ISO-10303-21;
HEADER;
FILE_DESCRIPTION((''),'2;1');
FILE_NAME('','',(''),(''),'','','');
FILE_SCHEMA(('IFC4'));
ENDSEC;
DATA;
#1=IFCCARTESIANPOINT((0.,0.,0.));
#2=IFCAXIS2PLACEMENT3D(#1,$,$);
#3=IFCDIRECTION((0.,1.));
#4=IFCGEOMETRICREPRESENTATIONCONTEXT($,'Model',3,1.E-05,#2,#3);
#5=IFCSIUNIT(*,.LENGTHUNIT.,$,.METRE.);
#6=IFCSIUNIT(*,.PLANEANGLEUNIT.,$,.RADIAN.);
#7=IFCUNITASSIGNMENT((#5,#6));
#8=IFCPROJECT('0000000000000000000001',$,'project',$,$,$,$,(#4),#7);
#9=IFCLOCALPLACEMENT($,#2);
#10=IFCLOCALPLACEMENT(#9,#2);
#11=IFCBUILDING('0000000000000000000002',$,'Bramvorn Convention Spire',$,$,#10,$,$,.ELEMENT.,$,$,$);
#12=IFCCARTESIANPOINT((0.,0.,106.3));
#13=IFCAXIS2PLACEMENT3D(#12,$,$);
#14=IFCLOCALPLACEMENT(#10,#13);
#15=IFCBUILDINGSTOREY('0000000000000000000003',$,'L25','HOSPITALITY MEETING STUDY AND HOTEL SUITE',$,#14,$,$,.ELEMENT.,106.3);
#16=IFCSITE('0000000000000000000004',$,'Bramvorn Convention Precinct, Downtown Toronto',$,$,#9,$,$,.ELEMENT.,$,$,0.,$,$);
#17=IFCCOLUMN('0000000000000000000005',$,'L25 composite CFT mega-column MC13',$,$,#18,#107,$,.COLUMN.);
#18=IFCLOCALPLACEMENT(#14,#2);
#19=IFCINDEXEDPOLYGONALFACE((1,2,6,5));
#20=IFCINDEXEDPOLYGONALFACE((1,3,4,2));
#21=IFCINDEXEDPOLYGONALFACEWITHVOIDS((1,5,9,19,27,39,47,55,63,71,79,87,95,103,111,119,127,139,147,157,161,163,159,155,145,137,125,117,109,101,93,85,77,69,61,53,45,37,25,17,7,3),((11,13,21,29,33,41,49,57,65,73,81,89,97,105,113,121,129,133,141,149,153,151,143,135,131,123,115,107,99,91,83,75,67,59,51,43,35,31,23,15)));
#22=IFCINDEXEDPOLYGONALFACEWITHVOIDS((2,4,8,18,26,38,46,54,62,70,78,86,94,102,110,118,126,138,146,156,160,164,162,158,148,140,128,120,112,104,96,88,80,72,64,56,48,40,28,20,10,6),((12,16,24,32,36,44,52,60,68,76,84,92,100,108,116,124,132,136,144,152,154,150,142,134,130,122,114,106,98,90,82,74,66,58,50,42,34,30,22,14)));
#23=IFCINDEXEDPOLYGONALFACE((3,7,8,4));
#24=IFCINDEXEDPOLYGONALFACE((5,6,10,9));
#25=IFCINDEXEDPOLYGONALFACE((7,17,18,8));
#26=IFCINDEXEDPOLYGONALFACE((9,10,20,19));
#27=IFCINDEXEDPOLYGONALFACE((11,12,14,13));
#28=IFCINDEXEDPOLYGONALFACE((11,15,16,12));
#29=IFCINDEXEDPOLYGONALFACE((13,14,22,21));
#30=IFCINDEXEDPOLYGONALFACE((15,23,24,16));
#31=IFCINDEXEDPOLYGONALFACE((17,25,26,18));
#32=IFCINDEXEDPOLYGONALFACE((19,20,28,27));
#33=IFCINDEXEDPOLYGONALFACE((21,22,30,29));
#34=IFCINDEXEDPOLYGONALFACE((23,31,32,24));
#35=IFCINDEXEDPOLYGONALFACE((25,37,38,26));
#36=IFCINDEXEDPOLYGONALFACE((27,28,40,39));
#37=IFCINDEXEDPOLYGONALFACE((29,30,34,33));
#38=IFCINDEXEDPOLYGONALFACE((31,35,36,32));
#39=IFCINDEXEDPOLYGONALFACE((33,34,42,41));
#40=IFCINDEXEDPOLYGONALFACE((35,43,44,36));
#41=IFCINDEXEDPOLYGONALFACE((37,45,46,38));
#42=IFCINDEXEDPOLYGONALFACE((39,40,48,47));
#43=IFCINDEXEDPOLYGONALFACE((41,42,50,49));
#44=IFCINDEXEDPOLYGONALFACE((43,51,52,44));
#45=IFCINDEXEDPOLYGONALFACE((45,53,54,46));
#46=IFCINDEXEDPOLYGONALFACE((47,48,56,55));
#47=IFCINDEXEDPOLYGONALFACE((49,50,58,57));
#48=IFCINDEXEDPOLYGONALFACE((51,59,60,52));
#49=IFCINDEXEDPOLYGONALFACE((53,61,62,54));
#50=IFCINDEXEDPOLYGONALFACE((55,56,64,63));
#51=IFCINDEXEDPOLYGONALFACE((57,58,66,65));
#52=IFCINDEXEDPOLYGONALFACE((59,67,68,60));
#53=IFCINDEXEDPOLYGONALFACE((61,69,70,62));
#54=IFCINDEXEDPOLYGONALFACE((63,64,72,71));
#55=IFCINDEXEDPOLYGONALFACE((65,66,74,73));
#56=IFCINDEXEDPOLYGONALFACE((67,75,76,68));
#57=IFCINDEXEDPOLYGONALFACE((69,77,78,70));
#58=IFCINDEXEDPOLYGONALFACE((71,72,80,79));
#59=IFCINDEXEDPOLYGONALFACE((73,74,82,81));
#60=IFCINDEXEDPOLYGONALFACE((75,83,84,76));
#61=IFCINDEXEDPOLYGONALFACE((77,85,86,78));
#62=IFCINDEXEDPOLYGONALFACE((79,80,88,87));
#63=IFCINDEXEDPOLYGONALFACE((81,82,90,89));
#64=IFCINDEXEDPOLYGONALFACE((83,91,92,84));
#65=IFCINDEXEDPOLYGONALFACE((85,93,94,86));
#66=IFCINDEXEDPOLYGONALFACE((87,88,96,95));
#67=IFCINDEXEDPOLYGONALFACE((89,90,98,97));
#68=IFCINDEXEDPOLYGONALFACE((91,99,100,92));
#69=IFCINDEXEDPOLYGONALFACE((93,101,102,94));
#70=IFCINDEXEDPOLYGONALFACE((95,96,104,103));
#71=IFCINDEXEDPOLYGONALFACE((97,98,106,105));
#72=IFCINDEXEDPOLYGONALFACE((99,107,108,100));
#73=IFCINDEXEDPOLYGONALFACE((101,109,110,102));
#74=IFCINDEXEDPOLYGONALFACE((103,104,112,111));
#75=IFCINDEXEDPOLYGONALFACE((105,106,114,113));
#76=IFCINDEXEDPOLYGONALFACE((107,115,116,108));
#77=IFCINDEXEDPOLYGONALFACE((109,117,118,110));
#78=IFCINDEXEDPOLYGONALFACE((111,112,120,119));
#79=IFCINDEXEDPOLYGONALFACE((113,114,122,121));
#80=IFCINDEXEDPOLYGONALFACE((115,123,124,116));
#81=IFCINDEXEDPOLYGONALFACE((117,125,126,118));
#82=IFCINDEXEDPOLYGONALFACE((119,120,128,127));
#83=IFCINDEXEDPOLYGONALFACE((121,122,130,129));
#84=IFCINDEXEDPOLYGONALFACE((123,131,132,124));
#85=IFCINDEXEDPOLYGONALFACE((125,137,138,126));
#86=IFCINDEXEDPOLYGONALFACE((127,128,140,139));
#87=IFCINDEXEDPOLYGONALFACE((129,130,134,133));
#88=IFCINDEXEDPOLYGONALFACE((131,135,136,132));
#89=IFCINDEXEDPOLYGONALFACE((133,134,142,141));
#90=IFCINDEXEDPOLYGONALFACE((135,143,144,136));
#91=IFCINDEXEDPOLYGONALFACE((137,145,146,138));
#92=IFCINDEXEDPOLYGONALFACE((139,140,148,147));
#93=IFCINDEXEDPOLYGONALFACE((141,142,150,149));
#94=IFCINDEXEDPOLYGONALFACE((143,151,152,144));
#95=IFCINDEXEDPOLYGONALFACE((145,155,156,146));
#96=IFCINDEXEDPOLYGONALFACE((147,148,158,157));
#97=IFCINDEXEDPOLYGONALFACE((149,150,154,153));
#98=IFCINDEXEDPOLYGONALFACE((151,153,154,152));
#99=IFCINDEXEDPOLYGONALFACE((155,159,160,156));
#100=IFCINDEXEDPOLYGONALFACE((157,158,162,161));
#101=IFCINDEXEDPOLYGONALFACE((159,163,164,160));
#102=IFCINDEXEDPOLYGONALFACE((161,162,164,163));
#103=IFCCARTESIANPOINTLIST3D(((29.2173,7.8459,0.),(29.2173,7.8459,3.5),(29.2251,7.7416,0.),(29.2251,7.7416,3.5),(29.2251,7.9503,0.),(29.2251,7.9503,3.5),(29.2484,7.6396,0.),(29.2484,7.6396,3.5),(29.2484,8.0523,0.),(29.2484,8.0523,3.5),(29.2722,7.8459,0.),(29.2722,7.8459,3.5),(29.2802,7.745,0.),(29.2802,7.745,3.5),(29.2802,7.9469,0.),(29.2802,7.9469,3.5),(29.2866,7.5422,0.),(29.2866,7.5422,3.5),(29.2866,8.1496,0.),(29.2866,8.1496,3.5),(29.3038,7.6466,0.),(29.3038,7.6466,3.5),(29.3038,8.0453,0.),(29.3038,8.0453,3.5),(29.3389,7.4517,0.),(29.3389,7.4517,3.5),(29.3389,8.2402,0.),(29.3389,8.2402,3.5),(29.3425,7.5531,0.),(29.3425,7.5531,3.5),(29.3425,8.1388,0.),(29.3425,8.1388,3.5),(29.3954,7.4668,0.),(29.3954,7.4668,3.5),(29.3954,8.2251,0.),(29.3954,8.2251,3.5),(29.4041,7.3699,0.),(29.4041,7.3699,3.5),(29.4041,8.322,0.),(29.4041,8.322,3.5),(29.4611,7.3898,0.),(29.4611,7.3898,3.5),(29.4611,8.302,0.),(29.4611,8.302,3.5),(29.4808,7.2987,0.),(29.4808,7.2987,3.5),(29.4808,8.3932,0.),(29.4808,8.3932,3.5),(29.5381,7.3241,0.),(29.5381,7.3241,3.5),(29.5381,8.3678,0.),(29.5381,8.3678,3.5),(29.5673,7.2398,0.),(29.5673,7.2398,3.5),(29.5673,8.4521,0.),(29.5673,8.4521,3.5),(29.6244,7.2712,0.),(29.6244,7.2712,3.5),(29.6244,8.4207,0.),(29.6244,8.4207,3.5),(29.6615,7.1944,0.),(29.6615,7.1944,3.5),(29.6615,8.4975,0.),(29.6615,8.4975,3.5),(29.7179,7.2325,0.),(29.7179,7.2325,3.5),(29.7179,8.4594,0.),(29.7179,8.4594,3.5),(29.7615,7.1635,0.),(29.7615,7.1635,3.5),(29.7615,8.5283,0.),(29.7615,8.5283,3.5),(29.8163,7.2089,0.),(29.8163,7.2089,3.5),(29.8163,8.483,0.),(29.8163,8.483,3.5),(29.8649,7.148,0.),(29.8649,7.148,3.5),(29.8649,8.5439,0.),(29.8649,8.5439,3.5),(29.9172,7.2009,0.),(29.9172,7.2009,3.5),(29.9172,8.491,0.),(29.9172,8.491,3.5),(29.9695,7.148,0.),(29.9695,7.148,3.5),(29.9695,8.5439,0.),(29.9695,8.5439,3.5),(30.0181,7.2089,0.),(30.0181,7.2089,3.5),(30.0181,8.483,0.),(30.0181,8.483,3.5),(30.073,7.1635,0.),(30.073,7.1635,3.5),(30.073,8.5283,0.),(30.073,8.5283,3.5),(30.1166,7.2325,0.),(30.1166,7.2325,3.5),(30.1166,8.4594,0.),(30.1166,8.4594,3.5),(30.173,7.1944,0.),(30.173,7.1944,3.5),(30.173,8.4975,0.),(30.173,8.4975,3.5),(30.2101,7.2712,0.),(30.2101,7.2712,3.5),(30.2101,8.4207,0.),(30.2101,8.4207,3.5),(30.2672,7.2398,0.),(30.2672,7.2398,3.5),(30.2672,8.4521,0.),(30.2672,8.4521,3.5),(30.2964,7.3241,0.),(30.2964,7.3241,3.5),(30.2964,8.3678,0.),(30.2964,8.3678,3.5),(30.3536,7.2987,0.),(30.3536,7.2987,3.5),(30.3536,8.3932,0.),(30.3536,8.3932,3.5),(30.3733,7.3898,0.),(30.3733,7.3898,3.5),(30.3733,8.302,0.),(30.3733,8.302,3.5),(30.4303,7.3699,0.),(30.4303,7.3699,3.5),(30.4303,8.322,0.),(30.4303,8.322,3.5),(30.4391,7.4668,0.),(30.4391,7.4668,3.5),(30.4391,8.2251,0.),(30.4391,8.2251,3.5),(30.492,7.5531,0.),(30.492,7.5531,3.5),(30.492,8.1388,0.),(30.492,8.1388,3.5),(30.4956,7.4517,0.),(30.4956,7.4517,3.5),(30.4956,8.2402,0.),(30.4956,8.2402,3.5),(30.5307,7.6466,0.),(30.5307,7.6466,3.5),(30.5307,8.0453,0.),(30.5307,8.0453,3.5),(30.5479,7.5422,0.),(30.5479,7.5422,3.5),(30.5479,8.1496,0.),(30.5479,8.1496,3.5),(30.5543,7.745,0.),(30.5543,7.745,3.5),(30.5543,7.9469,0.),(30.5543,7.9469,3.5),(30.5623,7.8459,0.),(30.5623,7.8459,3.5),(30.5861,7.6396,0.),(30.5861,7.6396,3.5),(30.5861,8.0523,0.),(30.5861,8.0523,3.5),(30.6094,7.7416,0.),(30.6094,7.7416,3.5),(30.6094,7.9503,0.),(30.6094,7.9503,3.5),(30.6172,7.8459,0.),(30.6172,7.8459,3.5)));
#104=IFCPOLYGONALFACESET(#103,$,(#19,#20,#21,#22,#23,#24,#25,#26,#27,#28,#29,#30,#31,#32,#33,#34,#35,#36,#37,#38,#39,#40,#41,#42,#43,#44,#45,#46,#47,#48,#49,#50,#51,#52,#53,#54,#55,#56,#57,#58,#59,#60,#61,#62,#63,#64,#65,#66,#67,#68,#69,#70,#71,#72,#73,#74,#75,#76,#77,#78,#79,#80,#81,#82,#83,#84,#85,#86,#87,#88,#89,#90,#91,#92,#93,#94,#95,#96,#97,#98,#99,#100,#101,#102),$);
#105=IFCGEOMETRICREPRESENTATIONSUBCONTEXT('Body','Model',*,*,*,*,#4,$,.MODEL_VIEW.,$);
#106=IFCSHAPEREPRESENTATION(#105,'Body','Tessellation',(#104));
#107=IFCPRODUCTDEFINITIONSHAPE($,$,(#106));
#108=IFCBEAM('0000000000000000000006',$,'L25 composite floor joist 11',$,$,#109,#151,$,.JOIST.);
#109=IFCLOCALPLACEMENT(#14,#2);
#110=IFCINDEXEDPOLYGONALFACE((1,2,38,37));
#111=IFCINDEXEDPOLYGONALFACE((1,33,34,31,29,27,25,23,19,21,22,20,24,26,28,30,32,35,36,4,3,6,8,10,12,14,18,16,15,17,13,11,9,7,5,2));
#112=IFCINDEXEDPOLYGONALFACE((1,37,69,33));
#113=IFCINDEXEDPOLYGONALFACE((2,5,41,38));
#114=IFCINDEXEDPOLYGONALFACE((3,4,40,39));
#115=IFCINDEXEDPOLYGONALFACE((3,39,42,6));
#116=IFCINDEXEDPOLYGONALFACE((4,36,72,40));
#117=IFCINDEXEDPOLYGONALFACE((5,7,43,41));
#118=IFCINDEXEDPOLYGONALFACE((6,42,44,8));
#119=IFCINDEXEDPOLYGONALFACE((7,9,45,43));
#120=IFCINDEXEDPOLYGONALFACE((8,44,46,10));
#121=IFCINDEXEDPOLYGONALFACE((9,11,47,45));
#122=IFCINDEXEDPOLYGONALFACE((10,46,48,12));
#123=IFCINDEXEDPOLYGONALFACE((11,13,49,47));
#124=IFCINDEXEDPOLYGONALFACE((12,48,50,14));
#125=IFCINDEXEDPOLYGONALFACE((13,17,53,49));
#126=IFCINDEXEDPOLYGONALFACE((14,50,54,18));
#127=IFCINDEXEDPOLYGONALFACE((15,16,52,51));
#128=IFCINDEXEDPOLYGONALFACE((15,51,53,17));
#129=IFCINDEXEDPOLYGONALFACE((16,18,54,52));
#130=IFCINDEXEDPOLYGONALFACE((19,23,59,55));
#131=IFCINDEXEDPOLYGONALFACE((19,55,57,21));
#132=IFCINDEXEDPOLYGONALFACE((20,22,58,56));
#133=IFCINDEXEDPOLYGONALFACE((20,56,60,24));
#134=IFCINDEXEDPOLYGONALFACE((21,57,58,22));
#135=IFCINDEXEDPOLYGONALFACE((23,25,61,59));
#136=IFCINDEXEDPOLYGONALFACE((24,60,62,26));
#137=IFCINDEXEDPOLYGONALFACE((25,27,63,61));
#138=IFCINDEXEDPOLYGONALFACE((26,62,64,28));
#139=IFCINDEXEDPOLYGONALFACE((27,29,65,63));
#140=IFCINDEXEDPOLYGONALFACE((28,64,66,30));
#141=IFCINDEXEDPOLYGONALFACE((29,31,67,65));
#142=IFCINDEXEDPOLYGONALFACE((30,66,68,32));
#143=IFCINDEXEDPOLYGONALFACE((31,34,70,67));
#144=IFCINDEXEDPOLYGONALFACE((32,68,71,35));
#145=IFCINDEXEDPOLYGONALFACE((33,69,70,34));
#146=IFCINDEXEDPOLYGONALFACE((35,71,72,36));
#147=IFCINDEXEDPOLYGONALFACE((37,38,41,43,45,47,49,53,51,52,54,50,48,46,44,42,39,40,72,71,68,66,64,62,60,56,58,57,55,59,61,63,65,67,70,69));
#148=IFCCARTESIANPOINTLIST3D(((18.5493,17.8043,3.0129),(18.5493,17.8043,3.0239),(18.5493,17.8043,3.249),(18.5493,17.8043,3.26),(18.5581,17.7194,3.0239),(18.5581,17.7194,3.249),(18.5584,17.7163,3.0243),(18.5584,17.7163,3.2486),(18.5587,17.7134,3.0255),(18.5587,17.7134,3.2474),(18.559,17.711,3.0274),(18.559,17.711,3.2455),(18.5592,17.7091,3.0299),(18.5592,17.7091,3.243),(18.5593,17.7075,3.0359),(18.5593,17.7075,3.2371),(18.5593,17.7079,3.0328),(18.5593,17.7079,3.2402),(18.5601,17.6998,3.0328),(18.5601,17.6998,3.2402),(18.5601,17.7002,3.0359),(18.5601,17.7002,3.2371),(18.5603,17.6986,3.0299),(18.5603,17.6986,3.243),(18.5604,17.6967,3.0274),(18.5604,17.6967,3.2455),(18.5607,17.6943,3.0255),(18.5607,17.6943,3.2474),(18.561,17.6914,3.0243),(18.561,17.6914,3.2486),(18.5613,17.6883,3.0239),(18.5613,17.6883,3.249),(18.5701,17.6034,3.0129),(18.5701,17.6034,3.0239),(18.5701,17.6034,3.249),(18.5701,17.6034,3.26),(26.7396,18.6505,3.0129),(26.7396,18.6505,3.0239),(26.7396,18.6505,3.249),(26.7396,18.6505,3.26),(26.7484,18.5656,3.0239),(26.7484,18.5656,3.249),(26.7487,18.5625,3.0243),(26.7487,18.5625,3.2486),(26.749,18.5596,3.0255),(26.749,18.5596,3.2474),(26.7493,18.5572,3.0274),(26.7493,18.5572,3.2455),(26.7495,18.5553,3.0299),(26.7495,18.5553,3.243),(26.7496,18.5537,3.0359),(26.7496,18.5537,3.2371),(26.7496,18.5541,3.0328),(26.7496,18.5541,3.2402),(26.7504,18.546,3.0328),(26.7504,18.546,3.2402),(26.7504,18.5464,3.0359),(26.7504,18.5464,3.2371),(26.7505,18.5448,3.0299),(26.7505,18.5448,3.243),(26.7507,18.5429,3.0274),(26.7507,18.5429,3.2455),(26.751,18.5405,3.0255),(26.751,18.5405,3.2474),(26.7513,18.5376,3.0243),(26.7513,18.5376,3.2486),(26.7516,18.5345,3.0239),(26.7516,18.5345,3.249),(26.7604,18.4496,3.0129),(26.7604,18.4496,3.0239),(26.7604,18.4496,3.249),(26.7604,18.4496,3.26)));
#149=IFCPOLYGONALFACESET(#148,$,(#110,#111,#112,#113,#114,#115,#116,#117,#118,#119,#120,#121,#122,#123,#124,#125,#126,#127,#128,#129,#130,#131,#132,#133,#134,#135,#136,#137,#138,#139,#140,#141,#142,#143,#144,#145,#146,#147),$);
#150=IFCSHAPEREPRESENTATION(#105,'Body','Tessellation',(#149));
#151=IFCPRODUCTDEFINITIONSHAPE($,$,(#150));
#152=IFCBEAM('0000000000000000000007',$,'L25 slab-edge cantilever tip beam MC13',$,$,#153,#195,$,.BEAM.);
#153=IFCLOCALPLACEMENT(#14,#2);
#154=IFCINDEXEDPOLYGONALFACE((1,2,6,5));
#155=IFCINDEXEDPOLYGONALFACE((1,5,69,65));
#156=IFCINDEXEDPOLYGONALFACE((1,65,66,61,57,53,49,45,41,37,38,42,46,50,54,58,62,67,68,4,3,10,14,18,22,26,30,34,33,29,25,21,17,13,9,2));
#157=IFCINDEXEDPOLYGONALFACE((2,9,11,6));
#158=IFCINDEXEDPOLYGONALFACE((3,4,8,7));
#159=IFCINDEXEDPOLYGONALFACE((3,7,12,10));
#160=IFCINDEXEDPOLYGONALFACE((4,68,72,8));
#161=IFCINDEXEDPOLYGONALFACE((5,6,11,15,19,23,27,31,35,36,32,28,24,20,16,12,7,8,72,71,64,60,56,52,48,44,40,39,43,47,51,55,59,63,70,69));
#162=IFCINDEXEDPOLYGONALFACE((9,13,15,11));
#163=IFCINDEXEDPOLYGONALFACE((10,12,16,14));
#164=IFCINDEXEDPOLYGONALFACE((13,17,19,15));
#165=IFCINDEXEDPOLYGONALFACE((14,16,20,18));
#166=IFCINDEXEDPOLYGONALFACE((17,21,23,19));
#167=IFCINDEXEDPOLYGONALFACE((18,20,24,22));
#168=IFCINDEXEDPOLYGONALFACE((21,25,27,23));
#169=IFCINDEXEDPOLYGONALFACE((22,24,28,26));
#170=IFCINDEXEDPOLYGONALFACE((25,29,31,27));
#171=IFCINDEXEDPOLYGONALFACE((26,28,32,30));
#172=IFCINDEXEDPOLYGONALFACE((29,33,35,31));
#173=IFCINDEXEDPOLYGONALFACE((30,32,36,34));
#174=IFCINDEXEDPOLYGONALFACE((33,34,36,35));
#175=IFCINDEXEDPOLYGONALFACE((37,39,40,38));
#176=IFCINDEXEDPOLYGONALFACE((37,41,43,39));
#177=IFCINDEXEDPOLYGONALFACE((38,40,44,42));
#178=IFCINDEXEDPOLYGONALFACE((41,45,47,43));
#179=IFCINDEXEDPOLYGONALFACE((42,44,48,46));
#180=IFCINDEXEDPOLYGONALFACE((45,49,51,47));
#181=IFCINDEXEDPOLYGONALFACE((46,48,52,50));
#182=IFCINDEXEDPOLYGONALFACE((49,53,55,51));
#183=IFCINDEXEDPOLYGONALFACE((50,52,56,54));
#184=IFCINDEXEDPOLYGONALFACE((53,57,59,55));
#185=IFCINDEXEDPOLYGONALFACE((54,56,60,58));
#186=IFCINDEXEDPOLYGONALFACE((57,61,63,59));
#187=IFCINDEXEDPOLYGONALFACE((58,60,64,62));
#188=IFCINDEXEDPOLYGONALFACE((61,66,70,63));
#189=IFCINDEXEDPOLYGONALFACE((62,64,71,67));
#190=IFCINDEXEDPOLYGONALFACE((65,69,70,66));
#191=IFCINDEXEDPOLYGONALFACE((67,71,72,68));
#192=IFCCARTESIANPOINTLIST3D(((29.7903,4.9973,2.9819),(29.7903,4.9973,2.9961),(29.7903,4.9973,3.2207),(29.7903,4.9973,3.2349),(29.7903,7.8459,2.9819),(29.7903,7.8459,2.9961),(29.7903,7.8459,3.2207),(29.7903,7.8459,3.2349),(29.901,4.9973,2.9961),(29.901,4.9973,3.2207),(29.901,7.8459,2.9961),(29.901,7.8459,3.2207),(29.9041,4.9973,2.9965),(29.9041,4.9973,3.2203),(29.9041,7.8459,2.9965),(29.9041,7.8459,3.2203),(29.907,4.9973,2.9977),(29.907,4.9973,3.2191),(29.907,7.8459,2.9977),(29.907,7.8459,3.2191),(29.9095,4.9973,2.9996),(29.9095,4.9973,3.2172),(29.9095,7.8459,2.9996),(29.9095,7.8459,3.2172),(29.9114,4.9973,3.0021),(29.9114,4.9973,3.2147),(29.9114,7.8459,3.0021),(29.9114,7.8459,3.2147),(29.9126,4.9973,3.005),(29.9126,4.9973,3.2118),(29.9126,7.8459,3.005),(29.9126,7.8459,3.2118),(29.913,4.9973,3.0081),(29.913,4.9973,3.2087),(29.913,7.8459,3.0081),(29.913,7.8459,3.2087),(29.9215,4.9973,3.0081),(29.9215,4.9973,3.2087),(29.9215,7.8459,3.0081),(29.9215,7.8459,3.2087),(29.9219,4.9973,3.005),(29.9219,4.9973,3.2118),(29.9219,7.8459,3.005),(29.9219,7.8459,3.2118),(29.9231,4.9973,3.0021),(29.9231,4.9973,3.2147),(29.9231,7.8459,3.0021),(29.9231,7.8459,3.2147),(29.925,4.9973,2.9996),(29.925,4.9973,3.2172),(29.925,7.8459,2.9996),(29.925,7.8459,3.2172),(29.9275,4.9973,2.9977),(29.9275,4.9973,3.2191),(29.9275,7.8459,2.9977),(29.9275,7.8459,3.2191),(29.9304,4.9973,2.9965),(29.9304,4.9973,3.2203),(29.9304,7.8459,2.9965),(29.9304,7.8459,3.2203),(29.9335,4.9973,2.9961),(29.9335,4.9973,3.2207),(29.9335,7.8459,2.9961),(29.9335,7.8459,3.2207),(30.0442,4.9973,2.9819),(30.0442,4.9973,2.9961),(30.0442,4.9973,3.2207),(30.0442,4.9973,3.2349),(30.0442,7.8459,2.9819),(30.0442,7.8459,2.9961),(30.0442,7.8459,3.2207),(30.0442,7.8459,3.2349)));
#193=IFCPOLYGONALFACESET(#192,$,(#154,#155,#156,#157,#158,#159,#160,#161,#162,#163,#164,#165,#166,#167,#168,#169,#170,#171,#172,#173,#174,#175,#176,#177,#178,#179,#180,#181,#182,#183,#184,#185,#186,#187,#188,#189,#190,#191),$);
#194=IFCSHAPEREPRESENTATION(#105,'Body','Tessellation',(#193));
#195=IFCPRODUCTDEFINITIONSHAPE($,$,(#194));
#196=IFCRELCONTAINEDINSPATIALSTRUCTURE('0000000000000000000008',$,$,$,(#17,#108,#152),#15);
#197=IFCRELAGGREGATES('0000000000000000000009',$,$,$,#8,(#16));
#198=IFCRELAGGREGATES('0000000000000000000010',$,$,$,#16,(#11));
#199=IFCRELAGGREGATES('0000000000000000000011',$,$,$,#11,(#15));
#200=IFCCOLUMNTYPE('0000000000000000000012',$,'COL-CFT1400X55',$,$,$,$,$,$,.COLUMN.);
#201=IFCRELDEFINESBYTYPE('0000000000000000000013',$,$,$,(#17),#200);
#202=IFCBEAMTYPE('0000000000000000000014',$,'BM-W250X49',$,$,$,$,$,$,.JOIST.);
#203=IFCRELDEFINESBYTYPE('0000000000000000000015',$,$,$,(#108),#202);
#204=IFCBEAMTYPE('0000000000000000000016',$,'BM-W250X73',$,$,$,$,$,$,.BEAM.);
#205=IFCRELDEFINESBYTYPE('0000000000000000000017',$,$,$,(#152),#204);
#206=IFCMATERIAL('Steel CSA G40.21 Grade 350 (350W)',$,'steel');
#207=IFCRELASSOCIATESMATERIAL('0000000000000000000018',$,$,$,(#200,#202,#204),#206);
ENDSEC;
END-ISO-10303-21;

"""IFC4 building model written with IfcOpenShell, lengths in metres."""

from ifc_helpers import new_model, si_unit, direction, frame, origin, origin_2d, place, context, subcontext, project, spatial, hollow_circle, i_section, extrude, material, material_profile, profile_set, type_object, element, save


model = new_model("IFC4")

# Units and contexts
model_context = context("Model", 3, precision=1e-05, world=origin(), true_north=direction((0.0, 1.0)))
body_context = subcontext(model_context, "Body", "Model", "MODEL_VIEW")
ifc_project = project(units=[si_unit("LENGTHUNIT", "METRE"), si_unit("PLANEANGLEUNIT", "RADIAN")], contexts=[model_context])

# Site, building, storey
site_placement = place(None, origin())
site = spatial("IfcSite", under=ifc_project, at=site_placement, Name="Bramvorn Convention Precinct, Downtown Toronto", CompositionType="ELEMENT", RefElevation=0.0)
building_placement = place(site_placement, origin())
building = spatial("IfcBuilding", under=site, at=building_placement, Name="Bramvorn Convention Spire", CompositionType="ELEMENT")
storey_placement = place(building_placement, frame((0.0, 0.0, 106.3)))
storey = spatial("IfcBuildingStorey", under=building, at=storey_placement, Name="L25", Description="HOSPITALITY MEETING STUDY AND HOTEL SUITE", CompositionType="ELEMENT", Elevation=106.3)

# Column
ifc_material_1 = material(Name="Steel CSA G40.21 Grade 350 (350W)", Category="steel")
ifc_material_profile_1 = material_profile(ifc_material_1, hollow_circle(Radius=0.7, WallThickness=0.0549, at=origin_2d()))
ifc_profile_set_1 = profile_set([ifc_material_profile_1], Name="Steel CSA G40.21 Grade 350 (350W) - CFT1400X55")
column_type = type_object("IfcColumnType", Name="COL-CFT1400X55", PredefinedType="COLUMN", material=ifc_profile_set_1)
column_placement = place(storey_placement, frame((29.9172, 7.8459, 0.0), z_axis=(0.0, 0.0, 1.0), x_axis=(1.0, 0.0, 0.0)))
element("IfcColumn", 1, at=column_placement, inside=storey, type_object=column_type, Name="L25 composite CFT mega-column MC13", PredefinedType="COLUMN", context=body_context, shape_type="SweptSolid", body=[
    extrude(hollow_circle(Radius=0.7, WallThickness=0.0549, at=origin_2d()), origin(), (0.0, 0.0, 1.0), 3.5),
])

# Beams
ifc_material_profile_2 = material_profile(ifc_material_1, i_section(OverallWidth=0.2019, OverallDepth=0.2471, WebThickness=0.0073, FlangeThickness=0.011, FilletRadius=0.012, at=origin_2d()))
ifc_profile_set_2 = profile_set([ifc_material_profile_2], Name="Steel CSA G40.21 Grade 350 (350W) - W250X49")
beam_type_1 = type_object("IfcBeamType", Name="BM-W250X49", PredefinedType="JOIST", material=ifc_profile_set_2)
beam_1_placement = place(storey_placement, frame((26.75, 18.55, 3.1365), z_axis=(-0.994705, -0.102771, 0.0), x_axis=(0.102771, -0.994705, 0.0)))
element("IfcBeam", 2, at=beam_1_placement, inside=storey, type_object=beam_type_1, Name="L25 composite floor joist 11", PredefinedType="JOIST", context=body_context, shape_type="SweptSolid", body=[
    extrude(i_section(OverallWidth=0.2019, OverallDepth=0.2471, WebThickness=0.0073, FlangeThickness=0.011, FilletRadius=0.012, at=origin_2d()), origin(), (0.0, 0.0, 1.0), 8.2339),
])
ifc_material_profile_3 = material_profile(ifc_material_1, i_section(OverallWidth=0.2539, OverallDepth=0.2529, WebThickness=0.0085, FlangeThickness=0.0142, FilletRadius=0.012, at=origin_2d()))
ifc_profile_set_3 = profile_set([ifc_material_profile_3], Name="Steel CSA G40.21 Grade 350 (350W) - W250X73")
beam_type_2 = type_object("IfcBeamType", Name="BM-W250X73", PredefinedType="BEAM", material=ifc_profile_set_3)
beam_2_placement = place(storey_placement, frame((29.9172, 7.8459, 3.1084), z_axis=(0.0, -1.0, 0.0), x_axis=(1.0, 0.0, 0.0)))
element("IfcBeam", 3, at=beam_2_placement, inside=storey, type_object=beam_type_2, Name="L25 slab-edge cantilever tip beam MC13", PredefinedType="BEAM", context=body_context, shape_type="SweptSolid", body=[
    extrude(i_section(OverallWidth=0.2539, OverallDepth=0.2529, WebThickness=0.0085, FlangeThickness=0.0142, FilletRadius=0.012, at=origin_2d()), origin(), (0.0, 0.0, 1.0), 2.8486),
])

save(model, "model.ifc")
